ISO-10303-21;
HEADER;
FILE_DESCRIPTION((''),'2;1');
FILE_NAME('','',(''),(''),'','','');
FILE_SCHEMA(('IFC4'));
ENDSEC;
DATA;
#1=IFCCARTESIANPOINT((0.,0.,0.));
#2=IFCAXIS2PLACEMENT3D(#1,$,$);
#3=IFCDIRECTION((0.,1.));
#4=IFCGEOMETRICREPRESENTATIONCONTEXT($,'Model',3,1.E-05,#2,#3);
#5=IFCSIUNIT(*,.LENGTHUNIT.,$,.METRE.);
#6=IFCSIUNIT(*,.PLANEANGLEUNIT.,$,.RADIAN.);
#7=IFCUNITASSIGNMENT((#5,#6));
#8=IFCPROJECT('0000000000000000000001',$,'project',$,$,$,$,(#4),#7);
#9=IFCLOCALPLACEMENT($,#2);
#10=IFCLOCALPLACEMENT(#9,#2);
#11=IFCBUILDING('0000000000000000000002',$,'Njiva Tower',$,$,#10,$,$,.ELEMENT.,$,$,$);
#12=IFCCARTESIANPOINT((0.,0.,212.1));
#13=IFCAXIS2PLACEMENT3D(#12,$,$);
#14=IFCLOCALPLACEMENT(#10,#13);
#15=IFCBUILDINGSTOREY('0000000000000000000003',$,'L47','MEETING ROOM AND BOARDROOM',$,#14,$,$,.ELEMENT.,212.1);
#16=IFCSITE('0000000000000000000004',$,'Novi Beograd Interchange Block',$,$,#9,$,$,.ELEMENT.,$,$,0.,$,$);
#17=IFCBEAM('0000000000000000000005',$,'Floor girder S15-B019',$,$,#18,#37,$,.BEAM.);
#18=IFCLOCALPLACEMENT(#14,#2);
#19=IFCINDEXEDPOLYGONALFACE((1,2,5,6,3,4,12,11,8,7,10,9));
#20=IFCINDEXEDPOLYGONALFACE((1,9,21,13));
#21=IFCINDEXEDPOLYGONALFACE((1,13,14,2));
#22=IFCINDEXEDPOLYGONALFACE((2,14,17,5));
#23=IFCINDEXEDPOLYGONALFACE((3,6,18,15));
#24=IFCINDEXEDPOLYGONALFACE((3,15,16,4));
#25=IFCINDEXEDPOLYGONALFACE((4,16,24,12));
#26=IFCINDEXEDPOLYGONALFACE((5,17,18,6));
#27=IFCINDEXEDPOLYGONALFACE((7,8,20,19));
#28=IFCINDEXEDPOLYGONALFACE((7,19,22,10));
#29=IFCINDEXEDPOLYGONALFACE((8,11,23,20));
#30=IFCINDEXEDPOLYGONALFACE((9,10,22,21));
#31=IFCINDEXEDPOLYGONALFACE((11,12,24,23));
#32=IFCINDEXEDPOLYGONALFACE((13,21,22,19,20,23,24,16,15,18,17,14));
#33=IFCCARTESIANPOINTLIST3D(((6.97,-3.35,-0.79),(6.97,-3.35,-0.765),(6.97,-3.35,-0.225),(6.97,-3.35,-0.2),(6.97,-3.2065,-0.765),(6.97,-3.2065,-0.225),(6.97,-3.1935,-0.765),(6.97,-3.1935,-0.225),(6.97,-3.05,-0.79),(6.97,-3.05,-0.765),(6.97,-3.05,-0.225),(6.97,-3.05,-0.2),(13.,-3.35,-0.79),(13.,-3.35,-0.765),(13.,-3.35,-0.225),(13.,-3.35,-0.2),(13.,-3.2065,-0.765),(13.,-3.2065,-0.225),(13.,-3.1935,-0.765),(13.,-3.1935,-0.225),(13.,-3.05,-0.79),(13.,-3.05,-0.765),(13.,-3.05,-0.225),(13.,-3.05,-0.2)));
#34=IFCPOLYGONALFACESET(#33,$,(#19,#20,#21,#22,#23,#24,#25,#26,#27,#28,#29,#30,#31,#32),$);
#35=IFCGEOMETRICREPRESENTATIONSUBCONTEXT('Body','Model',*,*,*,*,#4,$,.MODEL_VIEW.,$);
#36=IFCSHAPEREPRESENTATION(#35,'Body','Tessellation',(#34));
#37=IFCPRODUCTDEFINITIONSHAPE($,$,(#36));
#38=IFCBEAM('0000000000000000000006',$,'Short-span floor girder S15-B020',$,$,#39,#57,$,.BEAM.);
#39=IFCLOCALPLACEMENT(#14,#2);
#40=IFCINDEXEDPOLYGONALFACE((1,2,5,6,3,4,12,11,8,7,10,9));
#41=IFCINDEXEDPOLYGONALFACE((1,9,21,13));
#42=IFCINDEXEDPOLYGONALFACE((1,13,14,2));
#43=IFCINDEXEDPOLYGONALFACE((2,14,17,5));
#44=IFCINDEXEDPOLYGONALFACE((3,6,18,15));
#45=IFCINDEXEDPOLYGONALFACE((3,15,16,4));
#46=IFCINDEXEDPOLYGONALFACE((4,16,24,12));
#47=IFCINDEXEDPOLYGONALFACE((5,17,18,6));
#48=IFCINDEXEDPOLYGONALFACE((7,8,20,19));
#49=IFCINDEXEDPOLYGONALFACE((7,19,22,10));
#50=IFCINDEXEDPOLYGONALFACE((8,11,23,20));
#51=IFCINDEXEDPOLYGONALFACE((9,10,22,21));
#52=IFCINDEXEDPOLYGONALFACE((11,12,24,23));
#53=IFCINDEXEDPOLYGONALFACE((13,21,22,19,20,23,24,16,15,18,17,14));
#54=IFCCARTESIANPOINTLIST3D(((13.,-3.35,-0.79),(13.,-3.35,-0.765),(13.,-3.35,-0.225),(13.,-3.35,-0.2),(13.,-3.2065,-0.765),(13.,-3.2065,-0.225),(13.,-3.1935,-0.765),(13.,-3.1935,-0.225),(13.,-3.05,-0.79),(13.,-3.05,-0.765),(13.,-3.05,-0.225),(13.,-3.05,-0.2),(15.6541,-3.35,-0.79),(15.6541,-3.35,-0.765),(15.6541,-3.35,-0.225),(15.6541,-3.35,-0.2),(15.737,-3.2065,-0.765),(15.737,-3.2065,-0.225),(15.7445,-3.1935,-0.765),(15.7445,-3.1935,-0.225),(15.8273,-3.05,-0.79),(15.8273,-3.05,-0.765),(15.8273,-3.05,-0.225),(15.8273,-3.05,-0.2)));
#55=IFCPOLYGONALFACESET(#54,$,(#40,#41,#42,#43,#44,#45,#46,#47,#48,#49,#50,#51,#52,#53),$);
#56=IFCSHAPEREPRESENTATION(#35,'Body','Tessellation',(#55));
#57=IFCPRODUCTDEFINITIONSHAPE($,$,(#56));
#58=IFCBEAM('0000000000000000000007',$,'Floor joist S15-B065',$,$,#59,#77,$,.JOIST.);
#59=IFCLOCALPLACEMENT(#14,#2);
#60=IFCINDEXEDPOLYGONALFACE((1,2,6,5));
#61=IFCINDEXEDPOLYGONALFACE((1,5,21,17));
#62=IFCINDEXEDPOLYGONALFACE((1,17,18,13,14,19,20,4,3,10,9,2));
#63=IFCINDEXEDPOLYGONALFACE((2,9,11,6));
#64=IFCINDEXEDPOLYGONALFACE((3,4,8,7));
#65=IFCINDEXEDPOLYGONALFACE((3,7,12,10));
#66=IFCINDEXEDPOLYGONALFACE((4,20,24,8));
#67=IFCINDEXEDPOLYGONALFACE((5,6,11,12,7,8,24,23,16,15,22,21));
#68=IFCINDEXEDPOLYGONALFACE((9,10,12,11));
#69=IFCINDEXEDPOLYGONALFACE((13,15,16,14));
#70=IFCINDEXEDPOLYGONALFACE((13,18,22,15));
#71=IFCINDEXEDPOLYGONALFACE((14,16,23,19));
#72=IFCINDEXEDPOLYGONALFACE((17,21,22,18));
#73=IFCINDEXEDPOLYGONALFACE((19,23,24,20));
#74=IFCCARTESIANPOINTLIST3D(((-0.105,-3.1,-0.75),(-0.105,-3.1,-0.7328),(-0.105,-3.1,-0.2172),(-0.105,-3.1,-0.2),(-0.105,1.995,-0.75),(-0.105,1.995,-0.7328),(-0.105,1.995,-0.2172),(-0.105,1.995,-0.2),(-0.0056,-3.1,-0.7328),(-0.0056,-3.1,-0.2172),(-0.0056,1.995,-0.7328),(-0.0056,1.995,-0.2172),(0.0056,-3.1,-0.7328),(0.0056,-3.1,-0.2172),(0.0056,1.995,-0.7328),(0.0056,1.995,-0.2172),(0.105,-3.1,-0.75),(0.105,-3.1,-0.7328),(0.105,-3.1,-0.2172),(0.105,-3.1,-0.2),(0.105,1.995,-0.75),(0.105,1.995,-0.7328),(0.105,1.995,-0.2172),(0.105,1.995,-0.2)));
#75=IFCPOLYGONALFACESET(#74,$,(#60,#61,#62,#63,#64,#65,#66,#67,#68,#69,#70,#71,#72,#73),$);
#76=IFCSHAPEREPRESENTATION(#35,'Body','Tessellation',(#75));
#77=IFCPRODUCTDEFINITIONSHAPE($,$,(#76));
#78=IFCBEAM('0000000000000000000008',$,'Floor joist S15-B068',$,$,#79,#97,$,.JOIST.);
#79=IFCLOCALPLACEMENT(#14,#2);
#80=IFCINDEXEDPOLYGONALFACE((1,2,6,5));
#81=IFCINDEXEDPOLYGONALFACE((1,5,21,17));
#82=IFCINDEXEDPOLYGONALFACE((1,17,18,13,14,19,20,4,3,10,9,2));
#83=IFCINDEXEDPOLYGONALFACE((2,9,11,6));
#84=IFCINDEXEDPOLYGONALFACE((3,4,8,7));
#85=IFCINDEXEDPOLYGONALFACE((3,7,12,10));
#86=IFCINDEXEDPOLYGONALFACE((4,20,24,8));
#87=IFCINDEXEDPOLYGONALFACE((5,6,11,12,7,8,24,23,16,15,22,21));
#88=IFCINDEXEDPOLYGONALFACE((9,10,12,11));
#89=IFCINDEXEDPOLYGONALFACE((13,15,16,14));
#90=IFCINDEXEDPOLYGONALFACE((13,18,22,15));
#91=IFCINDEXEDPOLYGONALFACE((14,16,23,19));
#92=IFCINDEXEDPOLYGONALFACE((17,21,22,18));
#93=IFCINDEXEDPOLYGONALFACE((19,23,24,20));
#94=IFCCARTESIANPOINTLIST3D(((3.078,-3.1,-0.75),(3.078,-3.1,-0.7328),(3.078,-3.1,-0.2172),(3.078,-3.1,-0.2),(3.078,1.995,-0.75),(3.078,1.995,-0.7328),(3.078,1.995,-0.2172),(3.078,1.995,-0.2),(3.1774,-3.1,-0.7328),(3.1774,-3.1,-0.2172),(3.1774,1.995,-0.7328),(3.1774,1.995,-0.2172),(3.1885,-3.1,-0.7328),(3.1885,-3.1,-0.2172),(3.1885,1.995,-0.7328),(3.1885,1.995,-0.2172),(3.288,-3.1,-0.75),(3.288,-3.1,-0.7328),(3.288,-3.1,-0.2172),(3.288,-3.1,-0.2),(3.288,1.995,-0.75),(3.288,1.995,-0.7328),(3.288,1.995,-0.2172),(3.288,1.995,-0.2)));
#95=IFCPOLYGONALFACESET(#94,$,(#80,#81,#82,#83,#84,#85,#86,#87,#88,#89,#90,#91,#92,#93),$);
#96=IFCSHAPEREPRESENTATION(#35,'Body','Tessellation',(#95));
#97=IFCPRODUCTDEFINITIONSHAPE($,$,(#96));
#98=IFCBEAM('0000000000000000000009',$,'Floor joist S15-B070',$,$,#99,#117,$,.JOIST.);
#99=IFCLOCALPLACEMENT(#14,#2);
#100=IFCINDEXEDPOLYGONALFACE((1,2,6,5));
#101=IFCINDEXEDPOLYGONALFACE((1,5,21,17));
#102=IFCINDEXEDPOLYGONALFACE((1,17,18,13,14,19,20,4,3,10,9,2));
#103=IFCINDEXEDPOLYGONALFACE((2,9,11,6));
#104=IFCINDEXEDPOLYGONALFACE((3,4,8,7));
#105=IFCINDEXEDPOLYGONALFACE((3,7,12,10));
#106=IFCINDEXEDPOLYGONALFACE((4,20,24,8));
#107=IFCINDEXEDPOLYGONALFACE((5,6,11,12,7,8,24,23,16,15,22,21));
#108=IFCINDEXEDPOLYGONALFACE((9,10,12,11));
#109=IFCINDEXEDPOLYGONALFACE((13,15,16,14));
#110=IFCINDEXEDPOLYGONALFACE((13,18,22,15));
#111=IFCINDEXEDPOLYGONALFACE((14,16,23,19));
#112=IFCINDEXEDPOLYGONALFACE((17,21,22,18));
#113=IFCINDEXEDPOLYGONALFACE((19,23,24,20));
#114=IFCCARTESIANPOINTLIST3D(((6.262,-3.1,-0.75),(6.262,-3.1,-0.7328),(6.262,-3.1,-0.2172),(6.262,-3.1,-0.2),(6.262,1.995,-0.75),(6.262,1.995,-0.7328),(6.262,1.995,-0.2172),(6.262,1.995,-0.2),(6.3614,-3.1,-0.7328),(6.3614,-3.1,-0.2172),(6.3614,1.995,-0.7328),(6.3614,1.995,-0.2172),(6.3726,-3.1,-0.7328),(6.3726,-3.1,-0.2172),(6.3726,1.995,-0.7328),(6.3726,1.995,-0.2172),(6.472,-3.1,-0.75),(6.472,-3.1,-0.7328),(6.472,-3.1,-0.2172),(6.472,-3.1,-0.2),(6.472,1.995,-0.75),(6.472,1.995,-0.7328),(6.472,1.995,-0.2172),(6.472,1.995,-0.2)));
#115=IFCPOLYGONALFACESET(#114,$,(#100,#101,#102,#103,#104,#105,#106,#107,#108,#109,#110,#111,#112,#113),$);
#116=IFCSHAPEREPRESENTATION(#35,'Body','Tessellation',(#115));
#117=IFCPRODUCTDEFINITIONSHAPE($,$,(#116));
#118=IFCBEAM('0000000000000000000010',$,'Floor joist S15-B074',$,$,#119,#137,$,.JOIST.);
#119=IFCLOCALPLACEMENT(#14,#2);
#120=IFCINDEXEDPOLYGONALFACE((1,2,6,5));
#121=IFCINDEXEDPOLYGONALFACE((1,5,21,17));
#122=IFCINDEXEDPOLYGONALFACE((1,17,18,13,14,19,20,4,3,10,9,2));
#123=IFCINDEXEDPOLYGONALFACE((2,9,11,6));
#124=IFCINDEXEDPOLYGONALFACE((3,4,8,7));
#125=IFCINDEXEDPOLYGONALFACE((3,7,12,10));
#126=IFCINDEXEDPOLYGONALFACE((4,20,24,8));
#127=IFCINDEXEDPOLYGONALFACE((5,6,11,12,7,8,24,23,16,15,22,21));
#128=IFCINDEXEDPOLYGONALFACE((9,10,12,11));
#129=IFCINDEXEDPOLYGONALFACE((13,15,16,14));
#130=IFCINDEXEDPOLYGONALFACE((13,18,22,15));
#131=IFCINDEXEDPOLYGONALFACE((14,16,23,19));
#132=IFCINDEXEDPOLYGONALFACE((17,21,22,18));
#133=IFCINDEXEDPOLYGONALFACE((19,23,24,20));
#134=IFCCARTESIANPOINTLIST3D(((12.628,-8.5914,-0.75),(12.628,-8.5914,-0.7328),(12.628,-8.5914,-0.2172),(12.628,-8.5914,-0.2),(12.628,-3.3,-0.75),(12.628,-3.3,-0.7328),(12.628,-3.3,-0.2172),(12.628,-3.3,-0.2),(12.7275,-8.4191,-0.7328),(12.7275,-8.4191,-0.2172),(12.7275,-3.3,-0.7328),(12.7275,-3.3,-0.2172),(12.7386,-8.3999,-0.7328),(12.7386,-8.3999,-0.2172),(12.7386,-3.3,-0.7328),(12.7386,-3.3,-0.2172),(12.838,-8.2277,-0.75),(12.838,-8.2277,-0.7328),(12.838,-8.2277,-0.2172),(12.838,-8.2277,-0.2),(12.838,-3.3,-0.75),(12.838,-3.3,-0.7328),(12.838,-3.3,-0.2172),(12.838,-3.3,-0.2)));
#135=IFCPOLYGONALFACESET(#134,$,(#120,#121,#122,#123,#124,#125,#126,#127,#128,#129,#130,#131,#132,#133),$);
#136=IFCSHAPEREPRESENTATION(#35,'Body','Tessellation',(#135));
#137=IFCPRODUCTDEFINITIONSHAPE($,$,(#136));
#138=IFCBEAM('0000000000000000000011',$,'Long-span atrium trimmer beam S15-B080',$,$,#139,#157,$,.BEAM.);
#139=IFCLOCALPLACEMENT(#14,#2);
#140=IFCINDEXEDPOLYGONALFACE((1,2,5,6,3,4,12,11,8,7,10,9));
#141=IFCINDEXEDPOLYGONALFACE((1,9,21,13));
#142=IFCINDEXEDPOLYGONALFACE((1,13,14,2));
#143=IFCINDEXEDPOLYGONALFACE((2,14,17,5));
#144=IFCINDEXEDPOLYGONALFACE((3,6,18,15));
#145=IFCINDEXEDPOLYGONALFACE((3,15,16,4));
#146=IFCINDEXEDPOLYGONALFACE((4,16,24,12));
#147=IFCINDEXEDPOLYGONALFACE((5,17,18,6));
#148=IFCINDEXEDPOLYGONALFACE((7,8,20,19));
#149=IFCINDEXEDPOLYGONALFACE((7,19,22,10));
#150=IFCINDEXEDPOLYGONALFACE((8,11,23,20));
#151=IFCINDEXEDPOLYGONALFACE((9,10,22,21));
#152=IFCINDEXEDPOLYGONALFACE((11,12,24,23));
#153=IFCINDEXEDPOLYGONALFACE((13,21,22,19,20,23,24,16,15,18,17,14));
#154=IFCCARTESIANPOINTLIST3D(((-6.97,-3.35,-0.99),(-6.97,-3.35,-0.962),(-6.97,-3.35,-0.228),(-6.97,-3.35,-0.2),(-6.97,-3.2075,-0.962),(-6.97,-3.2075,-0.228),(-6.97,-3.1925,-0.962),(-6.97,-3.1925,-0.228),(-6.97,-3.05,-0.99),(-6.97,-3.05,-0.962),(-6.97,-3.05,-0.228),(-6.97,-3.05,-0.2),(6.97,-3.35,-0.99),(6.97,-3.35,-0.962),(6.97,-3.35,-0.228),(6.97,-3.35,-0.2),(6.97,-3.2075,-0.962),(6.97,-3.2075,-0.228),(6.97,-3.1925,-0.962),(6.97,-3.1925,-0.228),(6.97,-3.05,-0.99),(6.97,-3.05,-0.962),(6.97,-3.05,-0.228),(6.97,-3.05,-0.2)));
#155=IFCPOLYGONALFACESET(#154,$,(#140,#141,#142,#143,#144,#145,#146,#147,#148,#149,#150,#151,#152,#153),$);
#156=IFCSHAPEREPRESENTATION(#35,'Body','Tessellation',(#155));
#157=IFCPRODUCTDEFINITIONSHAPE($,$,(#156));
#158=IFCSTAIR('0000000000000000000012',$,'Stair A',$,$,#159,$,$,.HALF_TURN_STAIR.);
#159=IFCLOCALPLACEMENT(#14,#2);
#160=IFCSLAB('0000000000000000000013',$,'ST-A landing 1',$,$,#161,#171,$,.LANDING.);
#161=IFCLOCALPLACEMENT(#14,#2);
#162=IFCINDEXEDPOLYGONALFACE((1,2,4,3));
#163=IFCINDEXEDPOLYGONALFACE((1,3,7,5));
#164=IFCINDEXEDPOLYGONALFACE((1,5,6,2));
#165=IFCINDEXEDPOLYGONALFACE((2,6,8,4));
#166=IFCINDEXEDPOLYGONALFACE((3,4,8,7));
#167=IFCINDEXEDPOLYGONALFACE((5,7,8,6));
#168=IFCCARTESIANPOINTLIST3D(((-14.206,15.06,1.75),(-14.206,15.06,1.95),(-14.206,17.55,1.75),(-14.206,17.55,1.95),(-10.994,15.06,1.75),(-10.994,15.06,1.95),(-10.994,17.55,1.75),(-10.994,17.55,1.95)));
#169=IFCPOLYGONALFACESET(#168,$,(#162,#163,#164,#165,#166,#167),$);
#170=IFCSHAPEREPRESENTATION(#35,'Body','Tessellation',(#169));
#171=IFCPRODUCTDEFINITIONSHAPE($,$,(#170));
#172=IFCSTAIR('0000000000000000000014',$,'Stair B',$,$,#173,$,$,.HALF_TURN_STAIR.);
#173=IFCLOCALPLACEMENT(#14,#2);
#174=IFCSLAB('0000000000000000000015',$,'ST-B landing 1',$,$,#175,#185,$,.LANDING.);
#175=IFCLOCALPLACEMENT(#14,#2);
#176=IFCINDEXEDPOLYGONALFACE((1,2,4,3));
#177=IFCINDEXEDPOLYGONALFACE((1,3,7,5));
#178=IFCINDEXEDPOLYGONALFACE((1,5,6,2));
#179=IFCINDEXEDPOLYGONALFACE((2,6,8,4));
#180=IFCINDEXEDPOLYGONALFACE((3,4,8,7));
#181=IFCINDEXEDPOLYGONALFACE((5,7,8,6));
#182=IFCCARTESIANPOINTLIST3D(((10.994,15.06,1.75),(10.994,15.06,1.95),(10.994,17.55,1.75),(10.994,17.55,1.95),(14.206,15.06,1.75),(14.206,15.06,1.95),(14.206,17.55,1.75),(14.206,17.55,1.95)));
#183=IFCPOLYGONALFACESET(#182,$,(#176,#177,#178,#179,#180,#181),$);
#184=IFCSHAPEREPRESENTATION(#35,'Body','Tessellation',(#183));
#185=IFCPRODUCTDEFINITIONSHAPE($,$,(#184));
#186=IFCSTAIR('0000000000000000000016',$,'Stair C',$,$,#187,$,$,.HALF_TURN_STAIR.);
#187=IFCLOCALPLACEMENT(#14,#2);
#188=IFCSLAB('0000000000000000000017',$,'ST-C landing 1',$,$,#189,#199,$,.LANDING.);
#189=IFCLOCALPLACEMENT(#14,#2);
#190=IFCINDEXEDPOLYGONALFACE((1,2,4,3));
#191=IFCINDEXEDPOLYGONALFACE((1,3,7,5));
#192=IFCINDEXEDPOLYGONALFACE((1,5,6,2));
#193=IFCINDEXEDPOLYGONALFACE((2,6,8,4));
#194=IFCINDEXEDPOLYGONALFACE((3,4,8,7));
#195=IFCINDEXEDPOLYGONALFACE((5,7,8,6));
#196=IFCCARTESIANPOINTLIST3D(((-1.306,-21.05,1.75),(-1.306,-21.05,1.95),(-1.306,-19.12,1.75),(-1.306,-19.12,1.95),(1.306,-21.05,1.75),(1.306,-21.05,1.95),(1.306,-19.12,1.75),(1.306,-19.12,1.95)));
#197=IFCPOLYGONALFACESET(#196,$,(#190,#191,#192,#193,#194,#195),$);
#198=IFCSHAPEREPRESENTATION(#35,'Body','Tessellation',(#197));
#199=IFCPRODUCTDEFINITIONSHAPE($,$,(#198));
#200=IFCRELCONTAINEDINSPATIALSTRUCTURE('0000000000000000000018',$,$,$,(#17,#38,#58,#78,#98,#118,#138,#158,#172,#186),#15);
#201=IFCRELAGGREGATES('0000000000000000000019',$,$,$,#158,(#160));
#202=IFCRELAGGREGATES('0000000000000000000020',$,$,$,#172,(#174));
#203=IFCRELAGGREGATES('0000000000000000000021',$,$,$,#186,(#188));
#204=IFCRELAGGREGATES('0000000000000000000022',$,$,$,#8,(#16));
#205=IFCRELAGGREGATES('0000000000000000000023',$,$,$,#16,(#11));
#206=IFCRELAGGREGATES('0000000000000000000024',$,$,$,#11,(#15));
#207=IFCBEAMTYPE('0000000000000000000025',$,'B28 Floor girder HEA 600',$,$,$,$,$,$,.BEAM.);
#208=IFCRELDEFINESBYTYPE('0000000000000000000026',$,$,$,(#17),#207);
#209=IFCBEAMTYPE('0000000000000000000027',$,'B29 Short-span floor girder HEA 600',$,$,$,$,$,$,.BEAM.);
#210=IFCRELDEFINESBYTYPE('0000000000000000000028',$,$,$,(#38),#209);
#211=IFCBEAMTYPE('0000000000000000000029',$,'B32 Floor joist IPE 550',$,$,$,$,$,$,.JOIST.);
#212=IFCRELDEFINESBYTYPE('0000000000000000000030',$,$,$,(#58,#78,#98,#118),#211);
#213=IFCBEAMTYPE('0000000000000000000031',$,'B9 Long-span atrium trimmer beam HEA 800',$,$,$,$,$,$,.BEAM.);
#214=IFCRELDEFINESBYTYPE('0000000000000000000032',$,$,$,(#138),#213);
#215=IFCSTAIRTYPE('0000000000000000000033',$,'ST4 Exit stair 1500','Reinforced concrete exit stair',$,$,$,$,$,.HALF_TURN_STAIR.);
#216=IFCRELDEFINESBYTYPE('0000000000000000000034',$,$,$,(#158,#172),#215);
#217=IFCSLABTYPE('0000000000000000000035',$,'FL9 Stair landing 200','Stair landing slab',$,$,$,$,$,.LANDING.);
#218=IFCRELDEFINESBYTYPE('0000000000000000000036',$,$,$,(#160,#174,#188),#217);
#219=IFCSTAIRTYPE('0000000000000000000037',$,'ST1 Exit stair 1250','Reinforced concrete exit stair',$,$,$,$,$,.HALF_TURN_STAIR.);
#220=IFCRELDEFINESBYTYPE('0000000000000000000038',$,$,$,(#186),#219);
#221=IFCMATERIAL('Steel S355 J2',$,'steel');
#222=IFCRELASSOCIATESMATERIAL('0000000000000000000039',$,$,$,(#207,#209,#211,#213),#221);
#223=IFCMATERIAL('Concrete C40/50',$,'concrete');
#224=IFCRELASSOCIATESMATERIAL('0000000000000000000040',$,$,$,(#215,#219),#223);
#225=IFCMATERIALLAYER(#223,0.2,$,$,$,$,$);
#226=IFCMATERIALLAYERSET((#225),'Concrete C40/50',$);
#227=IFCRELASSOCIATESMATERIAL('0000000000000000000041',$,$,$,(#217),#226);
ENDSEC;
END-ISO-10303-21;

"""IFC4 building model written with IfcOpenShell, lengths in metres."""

from ifc_helpers import new_model, si_unit, direction, frame, origin, origin_2d, place, context, subcontext, project, spatial, polyline, i_section, outline, extrude, clip, halfspace, material, layer, layer_set, material_profile, profile_set, type_object, element, aggregate, save


model = new_model("IFC4")

# Units and contexts
model_context = context("Model", 3, precision=1e-05, world=origin(), true_north=direction((0.0, 1.0)))
body_context = subcontext(model_context, "Body", "Model", "MODEL_VIEW")
ifc_project = project(units=[si_unit("LENGTHUNIT", "METRE"), si_unit("PLANEANGLEUNIT", "RADIAN")], contexts=[model_context])

# Site, building, storey
site_placement = place(None, origin())
site = spatial("IfcSite", under=ifc_project, at=site_placement, Name="Novi Beograd Interchange Block", CompositionType="ELEMENT", RefElevation=0.0)
building_placement = place(site_placement, origin())
building = spatial("IfcBuilding", under=site, at=building_placement, Name="Njiva Tower", CompositionType="ELEMENT")
storey_placement = place(building_placement, frame((0.0, 0.0, 212.1)))
storey = spatial("IfcBuildingStorey", under=building, at=storey_placement, Name="L47", Description="MEETING ROOM AND BOARDROOM", CompositionType="ELEMENT", Elevation=212.1)

# Shared definitions
ifc_material_1 = material(Name="Steel S355 J2", Category="steel")

# Beams
ifc_material_profile_1 = material_profile(ifc_material_1, i_section(OverallWidth=0.3, OverallDepth=0.59, WebThickness=0.013, FlangeThickness=0.025, at=origin_2d()), Name="HEA 600")
ifc_profile_set_1 = profile_set([ifc_material_profile_1], Name="Steel S355 J2")
beam_type_1 = type_object("IfcBeamType", Name="B28 Floor girder HEA 600", PredefinedType="BEAM", material=ifc_profile_set_1)
beam_1_placement = place(storey_placement, frame((6.97, -3.2, -0.495), z_axis=(1.0, 0.0, 0.0), x_axis=(0.0, 1.0, 0.0)))
element("IfcBeam", 1, at=beam_1_placement, inside=storey, type_object=beam_type_1, Name="Floor girder S15-B019", PredefinedType="BEAM", context=body_context, shape_type="SweptSolid", body=[
    extrude(i_section(OverallWidth=0.3, OverallDepth=0.59, WebThickness=0.013, FlangeThickness=0.025, at=origin_2d()), origin(), (0.0, 0.0, 1.0), 6.03),
])
ifc_material_profile_2 = material_profile(ifc_material_1, i_section(OverallWidth=0.3, OverallDepth=0.59, WebThickness=0.013, FlangeThickness=0.025, at=origin_2d()), Name="HEA 600")
ifc_profile_set_2 = profile_set([ifc_material_profile_2], Name="Steel S355 J2")
beam_type_2 = type_object("IfcBeamType", Name="B29 Short-span floor girder HEA 600", PredefinedType="BEAM", material=ifc_profile_set_2)
beam_2_placement = place(storey_placement, frame((13.0, -3.2, -0.495), z_axis=(1.0, 0.0, 0.0), x_axis=(0.0, 1.0, 0.0)))
element("IfcBeam", 2, at=beam_2_placement, inside=storey, type_object=beam_type_2, Name="Short-span floor girder S15-B020", PredefinedType="BEAM", context=body_context, shape_type="Clipping", body=[
    clip(extrude(i_section(OverallWidth=0.3, OverallDepth=0.59, WebThickness=0.013, FlangeThickness=0.025, at=origin_2d()), origin(), (0.0, 0.0, 1.0), 2.848), halfspace(frame((-0.025, 0.0, 2.7263), z_axis=(-0.499998, 0.0, 0.866027), x_axis=(0.0, 1.0, 0.0)), False)),
])
ifc_material_profile_3 = material_profile(ifc_material_1, i_section(OverallWidth=0.21, OverallDepth=0.55, WebThickness=0.0111, FlangeThickness=0.0172, at=origin_2d()), Name="IPE 550")
ifc_profile_set_3 = profile_set([ifc_material_profile_3], Name="Steel S355 J2")
beam_type_3 = type_object("IfcBeamType", Name="B32 Floor joist IPE 550", PredefinedType="JOIST", material=ifc_profile_set_3)
for number, where, z_axis, x_axis, name in (
    (3, (0.0, 1.995, -0.475), (0.0, -1.0, 0.0), (1.0, 0.0, 0.0), "Floor joist S15-B065"),
    (4, (3.183, 1.995, -0.475), (0.0, -1.0, 0.0), (1.0, 0.0, 0.0), "Floor joist S15-B068"),
    (5, (6.367, 1.995, -0.475), (0.0, -1.0, 0.0), (1.0, 0.0, 0.0), "Floor joist S15-B070"),
):
    element("IfcBeam", number, at=place(storey_placement, frame(where, z_axis=z_axis, x_axis=x_axis)), inside=storey, type_object=beam_type_3, Name=name, PredefinedType="JOIST", context=body_context, shape_type="SweptSolid", body=[
        extrude(i_section(OverallWidth=0.21, OverallDepth=0.55, WebThickness=0.0111, FlangeThickness=0.0172, at=origin_2d()), origin(), (0.0, 0.0, 1.0), 5.095),
    ])
beam_3_placement = place(storey_placement, frame((12.733, -3.3, -0.475), z_axis=(0.0, -1.0, 0.0), x_axis=(1.0, 0.0, 0.0)))
element("IfcBeam", 6, at=beam_3_placement, inside=storey, type_object=beam_type_3, Name="Floor joist S15-B074", PredefinedType="JOIST", context=body_context, shape_type="Clipping", body=[
    clip(extrude(i_section(OverallWidth=0.21, OverallDepth=0.55, WebThickness=0.0111, FlangeThickness=0.0172, at=origin_2d()), origin(), (0.0, 0.0, 1.0), 5.311), halfspace(frame((0.0436, 0.0, 5.034), z_axis=(0.866027, 0.0, 0.499998), x_axis=(0.0, 1.0, 0.0)), False)),
])
ifc_material_profile_4 = material_profile(ifc_material_1, i_section(OverallWidth=0.3, OverallDepth=0.79, WebThickness=0.015, FlangeThickness=0.028, at=origin_2d()), Name="HEA 800")
ifc_profile_set_4 = profile_set([ifc_material_profile_4], Name="Steel S355 J2")
beam_type_4 = type_object("IfcBeamType", Name="B9 Long-span atrium trimmer beam HEA 800", PredefinedType="BEAM", material=ifc_profile_set_4)
beam_4_placement = place(storey_placement, frame((6.97, -3.2, -0.595), z_axis=(-1.0, 0.0, 0.0), x_axis=(0.0, -1.0, 0.0)))
element("IfcBeam", 7, at=beam_4_placement, inside=storey, type_object=beam_type_4, Name="Long-span atrium trimmer beam S15-B080", PredefinedType="BEAM", context=body_context, shape_type="SweptSolid", body=[
    extrude(i_section(OverallWidth=0.3, OverallDepth=0.79, WebThickness=0.015, FlangeThickness=0.028, at=origin_2d()), origin(), (0.0, 0.0, 1.0), 13.94),
])

# Stairs, slabs
ifc_material_2 = material(Name="Concrete C40/50", Category="concrete")
stair_type_1 = type_object("IfcStairType", Name="ST4 Exit stair 1500", Description="Reinforced concrete exit stair", PredefinedType="HALF_TURN_STAIR", material=ifc_material_2)
stair_1_placement = place(storey_placement, origin())
stair_1 = element("IfcStair", 8, at=stair_1_placement, inside=storey, type_object=stair_type_1, Name="Stair A", PredefinedType="HALF_TURN_STAIR")
ifc_layer_1 = layer(ifc_material_2, 0.2)
ifc_layer_set_1 = layer_set([ifc_layer_1], Name="Concrete C40/50")
slab_type_1 = type_object("IfcSlabType", Name="FL9 Stair landing 200", Description="Stair landing slab", PredefinedType="LANDING", material=ifc_layer_set_1)
slab_1_placement = place(storey_placement, frame((0.0, 0.0, 1.75)))
slab_1 = element("IfcSlab", 9, at=slab_1_placement, type_object=slab_type_1, Name="ST-A landing 1", PredefinedType="LANDING", context=body_context, shape_type="SweptSolid", body=[
    extrude(outline(polyline([(-14.206, 15.06), (-10.994, 15.06), (-10.994, 17.55), (-14.206, 17.55), (-14.206, 15.06)])), origin(), (0.0, 0.0, 1.0), 0.2),
])
aggregate(stair_1, [slab_1])
stair_2_placement = place(storey_placement, origin())
stair_2 = element("IfcStair", 10, at=stair_2_placement, inside=storey, type_object=stair_type_1, Name="Stair B", PredefinedType="HALF_TURN_STAIR")
slab_2_placement = place(storey_placement, frame((0.0, 0.0, 1.75)))
slab_2 = element("IfcSlab", 11, at=slab_2_placement, type_object=slab_type_1, Name="ST-B landing 1", PredefinedType="LANDING", context=body_context, shape_type="SweptSolid", body=[
    extrude(outline(polyline([(10.994, 15.06), (14.206, 15.06), (14.206, 17.55), (10.994, 17.55), (10.994, 15.06)])), origin(), (0.0, 0.0, 1.0), 0.2),
])
aggregate(stair_2, [slab_2])
stair_type_2 = type_object("IfcStairType", Name="ST1 Exit stair 1250", Description="Reinforced concrete exit stair", PredefinedType="HALF_TURN_STAIR", material=ifc_material_2)
stair_3_placement = place(storey_placement, origin())
stair_3 = element("IfcStair", 12, at=stair_3_placement, inside=storey, type_object=stair_type_2, Name="Stair C", PredefinedType="HALF_TURN_STAIR")
slab_3_placement = place(storey_placement, frame((0.0, 0.0, 1.75)))
slab_3 = element("IfcSlab", 13, at=slab_3_placement, type_object=slab_type_1, Name="ST-C landing 1", PredefinedType="LANDING", context=body_context, shape_type="SweptSolid", body=[
    extrude(outline(polyline([(-1.306, -21.05), (1.306, -21.05), (1.306, -19.12), (-1.306, -19.12), (-1.306, -21.05)])), origin(), (0.0, 0.0, 1.0), 0.2),
])
aggregate(stair_3, [slab_3])

save(model, "model.ifc")
